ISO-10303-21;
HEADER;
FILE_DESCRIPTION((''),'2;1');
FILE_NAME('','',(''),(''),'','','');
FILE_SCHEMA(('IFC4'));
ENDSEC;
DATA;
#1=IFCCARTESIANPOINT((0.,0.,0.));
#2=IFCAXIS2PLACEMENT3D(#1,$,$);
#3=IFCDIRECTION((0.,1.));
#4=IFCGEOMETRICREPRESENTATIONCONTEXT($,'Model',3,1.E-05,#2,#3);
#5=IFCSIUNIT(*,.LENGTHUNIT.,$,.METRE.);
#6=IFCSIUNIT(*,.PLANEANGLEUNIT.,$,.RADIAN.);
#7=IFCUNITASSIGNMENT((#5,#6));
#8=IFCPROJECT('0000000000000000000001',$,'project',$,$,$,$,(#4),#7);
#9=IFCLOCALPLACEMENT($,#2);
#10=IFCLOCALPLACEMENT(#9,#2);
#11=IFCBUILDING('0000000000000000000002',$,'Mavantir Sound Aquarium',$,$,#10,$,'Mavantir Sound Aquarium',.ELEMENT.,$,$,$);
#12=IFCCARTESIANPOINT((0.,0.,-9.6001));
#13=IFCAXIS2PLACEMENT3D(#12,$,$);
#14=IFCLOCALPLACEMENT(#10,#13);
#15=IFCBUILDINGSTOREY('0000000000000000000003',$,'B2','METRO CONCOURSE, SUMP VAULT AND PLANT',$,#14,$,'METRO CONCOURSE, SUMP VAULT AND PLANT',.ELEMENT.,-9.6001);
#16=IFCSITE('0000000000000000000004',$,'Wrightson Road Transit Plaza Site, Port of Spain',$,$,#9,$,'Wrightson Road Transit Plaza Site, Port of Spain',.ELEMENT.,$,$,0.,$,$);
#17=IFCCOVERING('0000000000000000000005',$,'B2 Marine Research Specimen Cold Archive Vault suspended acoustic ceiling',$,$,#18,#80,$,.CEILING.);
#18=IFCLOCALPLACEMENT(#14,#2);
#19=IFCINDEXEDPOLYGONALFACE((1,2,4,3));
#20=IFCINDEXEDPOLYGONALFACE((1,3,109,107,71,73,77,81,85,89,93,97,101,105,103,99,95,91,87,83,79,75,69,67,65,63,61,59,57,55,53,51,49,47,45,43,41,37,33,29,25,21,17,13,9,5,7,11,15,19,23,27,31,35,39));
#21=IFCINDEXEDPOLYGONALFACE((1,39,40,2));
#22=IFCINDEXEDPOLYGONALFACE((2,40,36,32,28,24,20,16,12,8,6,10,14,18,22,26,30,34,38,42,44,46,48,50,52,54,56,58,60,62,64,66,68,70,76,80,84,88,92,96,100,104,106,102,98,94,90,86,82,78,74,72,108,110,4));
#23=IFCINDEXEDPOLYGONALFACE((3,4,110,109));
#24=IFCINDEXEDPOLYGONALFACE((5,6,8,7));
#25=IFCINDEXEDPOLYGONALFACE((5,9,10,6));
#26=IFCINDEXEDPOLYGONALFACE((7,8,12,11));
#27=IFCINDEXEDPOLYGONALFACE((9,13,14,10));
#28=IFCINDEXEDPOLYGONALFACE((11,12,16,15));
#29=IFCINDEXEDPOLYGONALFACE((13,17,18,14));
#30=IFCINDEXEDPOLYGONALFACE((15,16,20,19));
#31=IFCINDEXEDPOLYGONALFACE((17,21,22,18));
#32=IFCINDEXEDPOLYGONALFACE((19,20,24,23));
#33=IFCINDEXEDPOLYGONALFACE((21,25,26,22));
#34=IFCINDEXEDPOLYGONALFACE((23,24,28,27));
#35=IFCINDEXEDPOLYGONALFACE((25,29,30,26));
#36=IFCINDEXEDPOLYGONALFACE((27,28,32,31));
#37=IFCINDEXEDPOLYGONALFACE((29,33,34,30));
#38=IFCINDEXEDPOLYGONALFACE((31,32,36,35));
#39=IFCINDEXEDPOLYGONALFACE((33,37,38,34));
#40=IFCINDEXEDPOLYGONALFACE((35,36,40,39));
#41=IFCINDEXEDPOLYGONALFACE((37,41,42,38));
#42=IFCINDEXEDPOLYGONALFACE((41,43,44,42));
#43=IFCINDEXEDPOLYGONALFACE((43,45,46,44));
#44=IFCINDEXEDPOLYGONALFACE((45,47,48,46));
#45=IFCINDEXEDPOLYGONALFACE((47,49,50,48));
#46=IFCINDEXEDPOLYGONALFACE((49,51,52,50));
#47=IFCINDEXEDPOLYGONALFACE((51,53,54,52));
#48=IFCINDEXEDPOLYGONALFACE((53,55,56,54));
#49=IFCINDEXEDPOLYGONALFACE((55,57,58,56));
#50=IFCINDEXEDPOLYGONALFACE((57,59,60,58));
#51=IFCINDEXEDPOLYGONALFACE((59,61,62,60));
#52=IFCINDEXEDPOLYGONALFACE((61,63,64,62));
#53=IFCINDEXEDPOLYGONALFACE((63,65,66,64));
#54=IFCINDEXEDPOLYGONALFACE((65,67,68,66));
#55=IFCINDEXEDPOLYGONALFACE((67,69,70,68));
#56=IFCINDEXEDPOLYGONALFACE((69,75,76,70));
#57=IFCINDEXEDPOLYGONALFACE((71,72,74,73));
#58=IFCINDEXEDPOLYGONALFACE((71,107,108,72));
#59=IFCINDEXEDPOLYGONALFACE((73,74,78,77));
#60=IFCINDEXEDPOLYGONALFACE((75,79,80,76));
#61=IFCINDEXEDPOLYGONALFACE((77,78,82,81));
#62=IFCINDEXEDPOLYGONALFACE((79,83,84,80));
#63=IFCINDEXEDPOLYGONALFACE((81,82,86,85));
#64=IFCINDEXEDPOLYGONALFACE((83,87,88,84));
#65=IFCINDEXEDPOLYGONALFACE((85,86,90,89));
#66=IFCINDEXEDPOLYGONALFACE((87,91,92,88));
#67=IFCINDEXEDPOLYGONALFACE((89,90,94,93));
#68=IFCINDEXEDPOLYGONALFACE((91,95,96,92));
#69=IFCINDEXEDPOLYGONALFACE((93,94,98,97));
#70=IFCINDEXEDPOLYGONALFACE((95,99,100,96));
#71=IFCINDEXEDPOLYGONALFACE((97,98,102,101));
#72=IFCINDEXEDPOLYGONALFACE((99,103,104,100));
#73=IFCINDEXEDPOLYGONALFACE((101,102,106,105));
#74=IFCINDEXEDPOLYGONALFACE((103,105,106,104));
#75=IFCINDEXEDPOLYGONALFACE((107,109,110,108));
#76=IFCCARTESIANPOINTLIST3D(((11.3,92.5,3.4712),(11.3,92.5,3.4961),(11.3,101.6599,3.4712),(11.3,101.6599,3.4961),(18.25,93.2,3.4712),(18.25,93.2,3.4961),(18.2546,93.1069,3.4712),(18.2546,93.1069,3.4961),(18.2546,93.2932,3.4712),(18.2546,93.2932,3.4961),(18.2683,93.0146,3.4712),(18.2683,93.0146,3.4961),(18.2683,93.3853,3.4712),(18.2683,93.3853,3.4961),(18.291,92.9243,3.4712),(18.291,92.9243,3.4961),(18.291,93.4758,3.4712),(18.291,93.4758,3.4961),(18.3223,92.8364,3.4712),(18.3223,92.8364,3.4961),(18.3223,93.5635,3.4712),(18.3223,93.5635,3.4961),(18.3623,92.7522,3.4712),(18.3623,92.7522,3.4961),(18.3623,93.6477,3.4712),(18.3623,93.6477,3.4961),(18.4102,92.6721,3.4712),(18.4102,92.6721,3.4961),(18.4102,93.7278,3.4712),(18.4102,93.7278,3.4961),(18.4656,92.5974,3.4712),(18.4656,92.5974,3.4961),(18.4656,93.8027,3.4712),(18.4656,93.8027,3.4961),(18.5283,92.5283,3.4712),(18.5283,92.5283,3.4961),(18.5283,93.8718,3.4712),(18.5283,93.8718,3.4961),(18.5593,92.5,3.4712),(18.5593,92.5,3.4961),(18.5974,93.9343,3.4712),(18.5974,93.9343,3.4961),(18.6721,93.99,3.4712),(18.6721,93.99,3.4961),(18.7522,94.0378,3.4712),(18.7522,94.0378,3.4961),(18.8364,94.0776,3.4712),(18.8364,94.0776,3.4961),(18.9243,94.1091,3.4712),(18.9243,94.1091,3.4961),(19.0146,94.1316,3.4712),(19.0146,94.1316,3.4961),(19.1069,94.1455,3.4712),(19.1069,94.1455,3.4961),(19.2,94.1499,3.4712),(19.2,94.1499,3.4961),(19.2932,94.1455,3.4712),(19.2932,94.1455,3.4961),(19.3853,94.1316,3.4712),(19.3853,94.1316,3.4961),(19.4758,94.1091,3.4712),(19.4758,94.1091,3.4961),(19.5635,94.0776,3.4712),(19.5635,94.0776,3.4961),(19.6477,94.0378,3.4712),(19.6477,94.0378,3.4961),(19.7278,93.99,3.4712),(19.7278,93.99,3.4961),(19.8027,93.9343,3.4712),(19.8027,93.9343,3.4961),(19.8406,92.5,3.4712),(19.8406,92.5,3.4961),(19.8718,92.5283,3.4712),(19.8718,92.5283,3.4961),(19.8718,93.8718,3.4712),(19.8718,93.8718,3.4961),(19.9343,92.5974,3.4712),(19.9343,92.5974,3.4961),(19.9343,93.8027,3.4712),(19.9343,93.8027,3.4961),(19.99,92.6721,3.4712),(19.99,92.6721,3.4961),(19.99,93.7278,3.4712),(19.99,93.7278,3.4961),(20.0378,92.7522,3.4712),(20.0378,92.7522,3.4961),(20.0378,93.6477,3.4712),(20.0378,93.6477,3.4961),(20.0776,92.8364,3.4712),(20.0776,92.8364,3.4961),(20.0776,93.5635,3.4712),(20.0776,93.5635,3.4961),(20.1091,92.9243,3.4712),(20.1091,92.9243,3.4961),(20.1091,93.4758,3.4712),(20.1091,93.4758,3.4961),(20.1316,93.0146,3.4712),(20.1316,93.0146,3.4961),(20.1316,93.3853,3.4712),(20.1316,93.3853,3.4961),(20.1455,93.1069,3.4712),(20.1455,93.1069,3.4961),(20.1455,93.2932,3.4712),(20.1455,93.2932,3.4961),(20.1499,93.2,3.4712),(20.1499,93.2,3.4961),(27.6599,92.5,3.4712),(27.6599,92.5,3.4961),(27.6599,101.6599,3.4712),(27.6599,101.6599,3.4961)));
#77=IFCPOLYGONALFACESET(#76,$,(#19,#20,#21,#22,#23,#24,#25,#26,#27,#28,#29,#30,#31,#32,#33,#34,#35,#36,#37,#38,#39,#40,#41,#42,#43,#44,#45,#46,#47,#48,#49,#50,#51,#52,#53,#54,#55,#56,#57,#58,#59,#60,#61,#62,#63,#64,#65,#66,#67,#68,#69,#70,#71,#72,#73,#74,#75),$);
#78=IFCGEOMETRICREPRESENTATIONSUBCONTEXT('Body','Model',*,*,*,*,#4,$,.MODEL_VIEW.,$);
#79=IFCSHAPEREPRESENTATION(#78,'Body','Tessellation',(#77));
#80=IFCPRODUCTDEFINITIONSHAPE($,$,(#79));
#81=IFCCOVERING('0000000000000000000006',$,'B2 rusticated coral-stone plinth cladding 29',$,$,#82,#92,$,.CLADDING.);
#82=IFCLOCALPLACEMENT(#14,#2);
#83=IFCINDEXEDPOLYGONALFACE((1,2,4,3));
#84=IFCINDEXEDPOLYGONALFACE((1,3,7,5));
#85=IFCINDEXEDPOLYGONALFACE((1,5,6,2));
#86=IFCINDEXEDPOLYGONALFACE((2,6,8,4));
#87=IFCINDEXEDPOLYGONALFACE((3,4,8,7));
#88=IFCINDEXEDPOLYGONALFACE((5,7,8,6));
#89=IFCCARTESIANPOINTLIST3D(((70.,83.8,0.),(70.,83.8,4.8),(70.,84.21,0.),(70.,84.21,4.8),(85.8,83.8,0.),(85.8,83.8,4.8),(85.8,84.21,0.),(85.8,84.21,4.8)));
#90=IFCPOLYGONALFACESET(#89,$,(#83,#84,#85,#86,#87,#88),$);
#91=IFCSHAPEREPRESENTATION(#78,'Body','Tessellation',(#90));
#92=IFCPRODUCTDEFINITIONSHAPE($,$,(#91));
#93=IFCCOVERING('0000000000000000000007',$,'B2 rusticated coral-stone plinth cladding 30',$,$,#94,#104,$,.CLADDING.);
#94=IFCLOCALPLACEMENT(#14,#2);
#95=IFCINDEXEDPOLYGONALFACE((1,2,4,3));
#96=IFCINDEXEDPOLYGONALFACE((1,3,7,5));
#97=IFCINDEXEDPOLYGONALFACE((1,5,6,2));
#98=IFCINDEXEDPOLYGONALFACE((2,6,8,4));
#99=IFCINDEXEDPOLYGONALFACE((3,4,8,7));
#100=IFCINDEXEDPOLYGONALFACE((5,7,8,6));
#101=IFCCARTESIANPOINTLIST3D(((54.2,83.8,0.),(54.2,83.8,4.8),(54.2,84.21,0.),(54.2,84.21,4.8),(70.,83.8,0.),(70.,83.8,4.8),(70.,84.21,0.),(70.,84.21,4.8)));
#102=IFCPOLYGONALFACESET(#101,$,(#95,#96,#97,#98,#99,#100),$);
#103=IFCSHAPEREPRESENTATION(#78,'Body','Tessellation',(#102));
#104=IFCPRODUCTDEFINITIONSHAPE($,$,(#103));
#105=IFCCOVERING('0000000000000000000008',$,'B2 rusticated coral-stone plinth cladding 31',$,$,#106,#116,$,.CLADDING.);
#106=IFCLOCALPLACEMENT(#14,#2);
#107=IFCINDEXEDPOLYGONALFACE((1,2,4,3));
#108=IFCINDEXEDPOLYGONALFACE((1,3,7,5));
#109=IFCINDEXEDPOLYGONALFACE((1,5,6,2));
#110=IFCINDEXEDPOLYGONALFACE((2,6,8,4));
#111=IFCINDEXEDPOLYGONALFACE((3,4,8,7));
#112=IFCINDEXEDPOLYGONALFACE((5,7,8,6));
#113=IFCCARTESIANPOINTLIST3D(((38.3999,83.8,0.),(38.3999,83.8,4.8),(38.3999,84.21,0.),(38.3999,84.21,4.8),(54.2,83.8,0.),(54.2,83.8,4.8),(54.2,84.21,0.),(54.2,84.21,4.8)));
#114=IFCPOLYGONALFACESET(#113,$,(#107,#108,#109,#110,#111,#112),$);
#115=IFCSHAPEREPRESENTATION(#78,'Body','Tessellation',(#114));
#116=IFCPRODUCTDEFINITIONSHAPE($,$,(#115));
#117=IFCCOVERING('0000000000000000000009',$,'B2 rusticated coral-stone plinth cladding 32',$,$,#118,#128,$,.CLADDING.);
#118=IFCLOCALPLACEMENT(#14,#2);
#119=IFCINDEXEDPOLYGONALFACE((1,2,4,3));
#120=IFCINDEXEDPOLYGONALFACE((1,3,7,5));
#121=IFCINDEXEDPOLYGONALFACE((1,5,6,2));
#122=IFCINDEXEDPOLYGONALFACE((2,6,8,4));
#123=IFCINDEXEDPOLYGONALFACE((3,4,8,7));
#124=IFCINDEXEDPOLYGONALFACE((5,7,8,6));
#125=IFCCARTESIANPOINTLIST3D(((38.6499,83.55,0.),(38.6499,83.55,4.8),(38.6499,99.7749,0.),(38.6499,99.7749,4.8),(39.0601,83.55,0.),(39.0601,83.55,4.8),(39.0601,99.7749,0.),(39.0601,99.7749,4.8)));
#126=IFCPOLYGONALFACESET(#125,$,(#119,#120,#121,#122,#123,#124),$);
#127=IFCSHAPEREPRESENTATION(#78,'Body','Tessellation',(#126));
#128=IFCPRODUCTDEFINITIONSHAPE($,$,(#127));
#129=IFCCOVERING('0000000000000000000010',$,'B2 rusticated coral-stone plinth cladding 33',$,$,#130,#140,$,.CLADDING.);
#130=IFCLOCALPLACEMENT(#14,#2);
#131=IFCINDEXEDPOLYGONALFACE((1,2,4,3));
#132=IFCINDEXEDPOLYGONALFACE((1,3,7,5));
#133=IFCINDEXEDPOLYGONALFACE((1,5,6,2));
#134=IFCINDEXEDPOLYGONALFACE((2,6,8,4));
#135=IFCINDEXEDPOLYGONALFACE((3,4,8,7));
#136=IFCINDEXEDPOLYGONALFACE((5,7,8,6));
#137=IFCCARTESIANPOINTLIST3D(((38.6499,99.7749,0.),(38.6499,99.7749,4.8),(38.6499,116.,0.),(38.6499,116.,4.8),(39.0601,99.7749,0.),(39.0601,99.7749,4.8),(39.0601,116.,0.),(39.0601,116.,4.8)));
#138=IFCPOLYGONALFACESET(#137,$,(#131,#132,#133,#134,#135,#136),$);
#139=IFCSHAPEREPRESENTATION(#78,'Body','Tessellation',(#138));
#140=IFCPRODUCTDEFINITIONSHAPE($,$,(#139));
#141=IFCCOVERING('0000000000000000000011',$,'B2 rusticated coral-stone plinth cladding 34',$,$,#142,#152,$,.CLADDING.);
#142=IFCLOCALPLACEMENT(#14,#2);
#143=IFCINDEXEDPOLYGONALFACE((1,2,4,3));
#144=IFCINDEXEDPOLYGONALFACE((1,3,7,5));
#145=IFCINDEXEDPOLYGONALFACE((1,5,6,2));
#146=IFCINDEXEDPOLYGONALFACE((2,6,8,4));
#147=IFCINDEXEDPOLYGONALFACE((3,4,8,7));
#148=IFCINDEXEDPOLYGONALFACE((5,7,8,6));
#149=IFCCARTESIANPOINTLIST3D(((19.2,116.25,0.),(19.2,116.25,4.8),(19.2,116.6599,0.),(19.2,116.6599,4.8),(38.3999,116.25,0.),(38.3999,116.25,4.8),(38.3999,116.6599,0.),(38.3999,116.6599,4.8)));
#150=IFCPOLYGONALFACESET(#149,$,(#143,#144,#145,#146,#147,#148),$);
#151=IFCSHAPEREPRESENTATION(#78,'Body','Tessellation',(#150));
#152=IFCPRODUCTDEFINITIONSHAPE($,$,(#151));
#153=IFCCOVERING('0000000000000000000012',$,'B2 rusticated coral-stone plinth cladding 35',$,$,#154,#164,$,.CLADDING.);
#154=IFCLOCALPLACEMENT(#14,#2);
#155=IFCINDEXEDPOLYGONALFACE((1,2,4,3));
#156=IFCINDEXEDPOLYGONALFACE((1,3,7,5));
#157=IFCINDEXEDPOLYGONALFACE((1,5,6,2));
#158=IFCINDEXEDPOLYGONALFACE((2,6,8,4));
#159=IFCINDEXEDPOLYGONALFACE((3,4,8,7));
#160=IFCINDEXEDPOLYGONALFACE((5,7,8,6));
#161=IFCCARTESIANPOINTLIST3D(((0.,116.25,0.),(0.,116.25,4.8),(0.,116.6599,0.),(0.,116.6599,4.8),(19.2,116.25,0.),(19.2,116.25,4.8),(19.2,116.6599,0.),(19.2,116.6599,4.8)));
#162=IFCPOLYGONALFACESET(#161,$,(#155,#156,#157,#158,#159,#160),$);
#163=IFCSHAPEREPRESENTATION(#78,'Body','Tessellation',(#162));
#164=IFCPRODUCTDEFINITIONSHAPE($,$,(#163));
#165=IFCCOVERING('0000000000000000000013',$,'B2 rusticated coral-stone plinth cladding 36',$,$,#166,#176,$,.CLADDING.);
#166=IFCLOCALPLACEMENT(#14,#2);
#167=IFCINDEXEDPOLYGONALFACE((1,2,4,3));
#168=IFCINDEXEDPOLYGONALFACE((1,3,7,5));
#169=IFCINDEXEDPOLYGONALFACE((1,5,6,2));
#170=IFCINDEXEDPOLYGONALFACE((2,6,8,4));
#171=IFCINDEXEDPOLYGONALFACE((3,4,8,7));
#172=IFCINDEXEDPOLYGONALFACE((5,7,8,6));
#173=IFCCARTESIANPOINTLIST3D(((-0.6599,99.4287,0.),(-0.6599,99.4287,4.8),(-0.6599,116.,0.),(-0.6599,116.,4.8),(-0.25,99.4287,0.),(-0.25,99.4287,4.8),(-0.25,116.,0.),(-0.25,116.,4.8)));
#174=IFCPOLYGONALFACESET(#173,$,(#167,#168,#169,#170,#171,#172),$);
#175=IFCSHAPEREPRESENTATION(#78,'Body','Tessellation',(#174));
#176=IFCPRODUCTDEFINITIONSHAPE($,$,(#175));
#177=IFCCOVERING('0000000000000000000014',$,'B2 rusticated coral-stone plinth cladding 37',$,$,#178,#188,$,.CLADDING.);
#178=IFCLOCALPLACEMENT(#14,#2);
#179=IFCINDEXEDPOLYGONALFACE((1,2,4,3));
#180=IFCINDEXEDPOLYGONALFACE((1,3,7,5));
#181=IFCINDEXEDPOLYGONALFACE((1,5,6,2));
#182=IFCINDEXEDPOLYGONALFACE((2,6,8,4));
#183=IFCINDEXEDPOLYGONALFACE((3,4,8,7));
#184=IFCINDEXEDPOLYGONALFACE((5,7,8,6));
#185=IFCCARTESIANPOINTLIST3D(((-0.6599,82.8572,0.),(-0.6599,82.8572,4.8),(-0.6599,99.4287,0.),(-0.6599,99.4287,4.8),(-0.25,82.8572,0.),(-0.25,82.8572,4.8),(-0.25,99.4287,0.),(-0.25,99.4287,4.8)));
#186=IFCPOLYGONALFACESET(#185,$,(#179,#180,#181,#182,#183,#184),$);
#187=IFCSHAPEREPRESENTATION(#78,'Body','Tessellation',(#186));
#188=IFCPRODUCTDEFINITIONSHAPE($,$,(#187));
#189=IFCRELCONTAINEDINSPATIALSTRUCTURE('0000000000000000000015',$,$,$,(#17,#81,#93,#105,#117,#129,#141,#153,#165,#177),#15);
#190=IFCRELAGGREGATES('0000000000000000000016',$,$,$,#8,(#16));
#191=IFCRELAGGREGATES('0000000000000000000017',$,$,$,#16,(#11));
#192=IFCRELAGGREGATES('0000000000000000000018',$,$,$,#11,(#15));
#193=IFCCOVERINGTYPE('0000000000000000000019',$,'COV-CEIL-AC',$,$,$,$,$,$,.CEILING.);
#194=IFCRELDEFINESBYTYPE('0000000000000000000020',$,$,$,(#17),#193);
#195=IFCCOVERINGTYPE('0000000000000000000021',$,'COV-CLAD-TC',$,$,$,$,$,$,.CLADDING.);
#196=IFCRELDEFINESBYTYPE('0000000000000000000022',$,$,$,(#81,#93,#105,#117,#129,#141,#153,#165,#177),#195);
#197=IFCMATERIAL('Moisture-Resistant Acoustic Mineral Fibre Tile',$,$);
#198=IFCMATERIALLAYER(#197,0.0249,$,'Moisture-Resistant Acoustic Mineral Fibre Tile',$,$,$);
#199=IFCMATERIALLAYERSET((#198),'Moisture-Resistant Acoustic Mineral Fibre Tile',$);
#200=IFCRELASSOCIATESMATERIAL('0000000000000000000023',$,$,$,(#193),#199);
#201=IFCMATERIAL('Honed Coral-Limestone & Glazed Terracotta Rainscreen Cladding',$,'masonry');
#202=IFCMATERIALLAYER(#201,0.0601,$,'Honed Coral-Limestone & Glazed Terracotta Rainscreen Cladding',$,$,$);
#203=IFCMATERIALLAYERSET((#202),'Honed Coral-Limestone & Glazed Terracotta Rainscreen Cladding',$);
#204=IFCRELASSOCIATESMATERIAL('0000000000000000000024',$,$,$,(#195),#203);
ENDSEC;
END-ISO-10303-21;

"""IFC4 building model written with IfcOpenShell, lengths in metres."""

from ifc_helpers import new_model, si_unit, direction, frame, origin, place, context, subcontext, project, spatial, polyline, outline, extrude, material, layer, layer_set, type_object, element, save


model = new_model("IFC4")

# Units and contexts
model_context = context("Model", 3, precision=1e-05, world=origin(), true_north=direction((0.0, 1.0)))
body_context = subcontext(model_context, "Body", "Model", "MODEL_VIEW")
ifc_project = project(units=[si_unit("LENGTHUNIT", "METRE"), si_unit("PLANEANGLEUNIT", "RADIAN")], contexts=[model_context])

# Site, building, storey
site_placement = place(None, origin())
site = spatial("IfcSite", under=ifc_project, at=site_placement, Name="Wrightson Road Transit Plaza Site, Port of Spain", LongName="Wrightson Road Transit Plaza Site, Port of Spain", CompositionType="ELEMENT", RefElevation=0.0)
building_placement = place(site_placement, origin())
building = spatial("IfcBuilding", under=site, at=building_placement, Name="Mavantir Sound Aquarium", LongName="Mavantir Sound Aquarium", CompositionType="ELEMENT")
storey_placement = place(building_placement, frame((0.0, 0.0, -9.6001)))
storey = spatial("IfcBuildingStorey", under=building, at=storey_placement, Name="B2", Description="METRO CONCOURSE, SUMP VAULT AND PLANT", LongName="METRO CONCOURSE, SUMP VAULT AND PLANT", CompositionType="ELEMENT", Elevation=-9.6001)

# Coverings
ifc_material_1 = material(Name="Moisture-Resistant Acoustic Mineral Fibre Tile")
ifc_layer_1 = layer(ifc_material_1, 0.0249, Name="Moisture-Resistant Acoustic Mineral Fibre Tile")
ifc_layer_set_1 = layer_set([ifc_layer_1], Name="Moisture-Resistant Acoustic Mineral Fibre Tile")
covering_type_1 = type_object("IfcCoveringType", Name="COV-CEIL-AC", PredefinedType="CEILING", material=ifc_layer_set_1)
covering_1_placement = place(storey_placement, frame((0.0, 0.0, 3.4712)))
element("IfcCovering", 1, at=covering_1_placement, inside=storey, type_object=covering_type_1, Name="B2 Marine Research Specimen Cold Archive Vault suspended acoustic ceiling", PredefinedType="CEILING", context=body_context, shape_type="SweptSolid", body=[
    extrude(outline(polyline([(27.6599, 101.6599), (27.6599, 92.5), (19.8406, 92.5), (19.8718, 92.5283), (19.9343, 92.5974), (19.99, 92.6721), (20.0378, 92.7522), (20.0776, 92.8364), (20.1091, 92.9243), (20.1316, 93.0146), (20.1455, 93.1069), (20.1499, 93.2), (20.1455, 93.2932), (20.1316, 93.3853), (20.1091, 93.4758), (20.0776, 93.5635), (20.0378, 93.6477), (19.99, 93.7278), (19.9343, 93.8027), (19.8718, 93.8718), (19.8027, 93.9343), (19.7278, 93.99), (19.6477, 94.0378), (19.5635, 94.0776), (19.4758, 94.1091), (19.3853, 94.1316), (19.2932, 94.1455), (19.2, 94.1499), (19.1069, 94.1455), (19.0146, 94.1316), (18.9243, 94.1091), (18.8364, 94.0776), (18.7522, 94.0378), (18.6721, 93.99), (18.5974, 93.9343), (18.5283, 93.8718), (18.4656, 93.8027), (18.4102, 93.7278), (18.3623, 93.6477), (18.3223, 93.5635), (18.291, 93.4758), (18.2683, 93.3853), (18.2546, 93.2932), (18.25, 93.2), (18.2546, 93.1069), (18.2683, 93.0146), (18.291, 92.9243), (18.3223, 92.8364), (18.3623, 92.7522), (18.4102, 92.6721), (18.4656, 92.5974), (18.5283, 92.5283), (18.5593, 92.5), (11.3, 92.5), (11.3, 101.6599), (27.6599, 101.6599)])), origin(), (0.0, 0.0, 1.0), 0.0249),
])
ifc_material_2 = material(Name="Honed Coral-Limestone & Glazed Terracotta Rainscreen Cladding", Category="masonry")
ifc_layer_2 = layer(ifc_material_2, 0.0601, Name="Honed Coral-Limestone & Glazed Terracotta Rainscreen Cladding")
ifc_layer_set_2 = layer_set([ifc_layer_2], Name="Honed Coral-Limestone & Glazed Terracotta Rainscreen Cladding")
covering_type_2 = type_object("IfcCoveringType", Name="COV-CLAD-TC", PredefinedType="CLADDING", material=ifc_layer_set_2)
covering_2_placement = place(storey_placement, origin())
element("IfcCovering", 2, at=covering_2_placement, inside=storey, type_object=covering_type_2, Name="B2 rusticated coral-stone plinth cladding 29", PredefinedType="CLADDING", context=body_context, shape_type="SweptSolid", body=[
    extrude(outline(polyline([(85.8, 83.8), (70.0, 83.8), (70.0, 84.21), (85.8, 84.21), (85.8, 83.8)])), origin(), (0.0, 0.0, 1.0), 4.8),
])
covering_3_placement = place(storey_placement, origin())
element("IfcCovering", 3, at=covering_3_placement, inside=storey, type_object=covering_type_2, Name="B2 rusticated coral-stone plinth cladding 30", PredefinedType="CLADDING", context=body_context, shape_type="SweptSolid", body=[
    extrude(outline(polyline([(70.0, 83.8), (54.2, 83.8), (54.2, 84.21), (70.0, 84.21), (70.0, 83.8)])), origin(), (0.0, 0.0, 1.0), 4.8),
])
covering_4_placement = place(storey_placement, origin())
element("IfcCovering", 4, at=covering_4_placement, inside=storey, type_object=covering_type_2, Name="B2 rusticated coral-stone plinth cladding 31", PredefinedType="CLADDING", context=body_context, shape_type="SweptSolid", body=[
    extrude(outline(polyline([(54.2, 83.8), (38.3999, 83.8), (38.3999, 84.21), (54.2, 84.21), (54.2, 83.8)])), origin(), (0.0, 0.0, 1.0), 4.8),
])
covering_5_placement = place(storey_placement, origin())
element("IfcCovering", 5, at=covering_5_placement, inside=storey, type_object=covering_type_2, Name="B2 rusticated coral-stone plinth cladding 32", PredefinedType="CLADDING", context=body_context, shape_type="SweptSolid", body=[
    extrude(outline(polyline([(38.6499, 83.55), (38.6499, 99.7749), (39.0601, 99.7749), (39.0601, 83.55), (38.6499, 83.55)])), origin(), (0.0, 0.0, 1.0), 4.8),
])
covering_6_placement = place(storey_placement, origin())
element("IfcCovering", 6, at=covering_6_placement, inside=storey, type_object=covering_type_2, Name="B2 rusticated coral-stone plinth cladding 33", PredefinedType="CLADDING", context=body_context, shape_type="SweptSolid", body=[
    extrude(outline(polyline([(38.6499, 99.7749), (38.6499, 116.0), (39.0601, 116.0), (39.0601, 99.7749), (38.6499, 99.7749)])), origin(), (0.0, 0.0, 1.0), 4.8),
])
covering_7_placement = place(storey_placement, origin())
element("IfcCovering", 7, at=covering_7_placement, inside=storey, type_object=covering_type_2, Name="B2 rusticated coral-stone plinth cladding 34", PredefinedType="CLADDING", context=body_context, shape_type="SweptSolid", body=[
    extrude(outline(polyline([(38.3999, 116.25), (19.2, 116.25), (19.2, 116.6599), (38.3999, 116.6599), (38.3999, 116.25)])), origin(), (0.0, 0.0, 1.0), 4.8),
])
covering_8_placement = place(storey_placement, origin())
element("IfcCovering", 8, at=covering_8_placement, inside=storey, type_object=covering_type_2, Name="B2 rusticated coral-stone plinth cladding 35", PredefinedType="CLADDING", context=body_context, shape_type="SweptSolid", body=[
    extrude(outline(polyline([(19.2, 116.25), (0.0, 116.25), (0.0, 116.6599), (19.2, 116.6599), (19.2, 116.25)])), origin(), (0.0, 0.0, 1.0), 4.8),
])
covering_9_placement = place(storey_placement, origin())
element("IfcCovering", 9, at=covering_9_placement, inside=storey, type_object=covering_type_2, Name="B2 rusticated coral-stone plinth cladding 36", PredefinedType="CLADDING", context=body_context, shape_type="SweptSolid", body=[
    extrude(outline(polyline([(-0.25, 116.0), (-0.25, 99.4287), (-0.6599, 99.4287), (-0.6599, 116.0), (-0.25, 116.0)])), origin(), (0.0, 0.0, 1.0), 4.8),
])
covering_10_placement = place(storey_placement, origin())
element("IfcCovering", 10, at=covering_10_placement, inside=storey, type_object=covering_type_2, Name="B2 rusticated coral-stone plinth cladding 37", PredefinedType="CLADDING", context=body_context, shape_type="SweptSolid", body=[
    extrude(outline(polyline([(-0.25, 99.4287), (-0.25, 82.8572), (-0.6599, 82.8572), (-0.6599, 99.4287), (-0.25, 99.4287)])), origin(), (0.0, 0.0, 1.0), 4.8),
])

save(model, "model.ifc")
